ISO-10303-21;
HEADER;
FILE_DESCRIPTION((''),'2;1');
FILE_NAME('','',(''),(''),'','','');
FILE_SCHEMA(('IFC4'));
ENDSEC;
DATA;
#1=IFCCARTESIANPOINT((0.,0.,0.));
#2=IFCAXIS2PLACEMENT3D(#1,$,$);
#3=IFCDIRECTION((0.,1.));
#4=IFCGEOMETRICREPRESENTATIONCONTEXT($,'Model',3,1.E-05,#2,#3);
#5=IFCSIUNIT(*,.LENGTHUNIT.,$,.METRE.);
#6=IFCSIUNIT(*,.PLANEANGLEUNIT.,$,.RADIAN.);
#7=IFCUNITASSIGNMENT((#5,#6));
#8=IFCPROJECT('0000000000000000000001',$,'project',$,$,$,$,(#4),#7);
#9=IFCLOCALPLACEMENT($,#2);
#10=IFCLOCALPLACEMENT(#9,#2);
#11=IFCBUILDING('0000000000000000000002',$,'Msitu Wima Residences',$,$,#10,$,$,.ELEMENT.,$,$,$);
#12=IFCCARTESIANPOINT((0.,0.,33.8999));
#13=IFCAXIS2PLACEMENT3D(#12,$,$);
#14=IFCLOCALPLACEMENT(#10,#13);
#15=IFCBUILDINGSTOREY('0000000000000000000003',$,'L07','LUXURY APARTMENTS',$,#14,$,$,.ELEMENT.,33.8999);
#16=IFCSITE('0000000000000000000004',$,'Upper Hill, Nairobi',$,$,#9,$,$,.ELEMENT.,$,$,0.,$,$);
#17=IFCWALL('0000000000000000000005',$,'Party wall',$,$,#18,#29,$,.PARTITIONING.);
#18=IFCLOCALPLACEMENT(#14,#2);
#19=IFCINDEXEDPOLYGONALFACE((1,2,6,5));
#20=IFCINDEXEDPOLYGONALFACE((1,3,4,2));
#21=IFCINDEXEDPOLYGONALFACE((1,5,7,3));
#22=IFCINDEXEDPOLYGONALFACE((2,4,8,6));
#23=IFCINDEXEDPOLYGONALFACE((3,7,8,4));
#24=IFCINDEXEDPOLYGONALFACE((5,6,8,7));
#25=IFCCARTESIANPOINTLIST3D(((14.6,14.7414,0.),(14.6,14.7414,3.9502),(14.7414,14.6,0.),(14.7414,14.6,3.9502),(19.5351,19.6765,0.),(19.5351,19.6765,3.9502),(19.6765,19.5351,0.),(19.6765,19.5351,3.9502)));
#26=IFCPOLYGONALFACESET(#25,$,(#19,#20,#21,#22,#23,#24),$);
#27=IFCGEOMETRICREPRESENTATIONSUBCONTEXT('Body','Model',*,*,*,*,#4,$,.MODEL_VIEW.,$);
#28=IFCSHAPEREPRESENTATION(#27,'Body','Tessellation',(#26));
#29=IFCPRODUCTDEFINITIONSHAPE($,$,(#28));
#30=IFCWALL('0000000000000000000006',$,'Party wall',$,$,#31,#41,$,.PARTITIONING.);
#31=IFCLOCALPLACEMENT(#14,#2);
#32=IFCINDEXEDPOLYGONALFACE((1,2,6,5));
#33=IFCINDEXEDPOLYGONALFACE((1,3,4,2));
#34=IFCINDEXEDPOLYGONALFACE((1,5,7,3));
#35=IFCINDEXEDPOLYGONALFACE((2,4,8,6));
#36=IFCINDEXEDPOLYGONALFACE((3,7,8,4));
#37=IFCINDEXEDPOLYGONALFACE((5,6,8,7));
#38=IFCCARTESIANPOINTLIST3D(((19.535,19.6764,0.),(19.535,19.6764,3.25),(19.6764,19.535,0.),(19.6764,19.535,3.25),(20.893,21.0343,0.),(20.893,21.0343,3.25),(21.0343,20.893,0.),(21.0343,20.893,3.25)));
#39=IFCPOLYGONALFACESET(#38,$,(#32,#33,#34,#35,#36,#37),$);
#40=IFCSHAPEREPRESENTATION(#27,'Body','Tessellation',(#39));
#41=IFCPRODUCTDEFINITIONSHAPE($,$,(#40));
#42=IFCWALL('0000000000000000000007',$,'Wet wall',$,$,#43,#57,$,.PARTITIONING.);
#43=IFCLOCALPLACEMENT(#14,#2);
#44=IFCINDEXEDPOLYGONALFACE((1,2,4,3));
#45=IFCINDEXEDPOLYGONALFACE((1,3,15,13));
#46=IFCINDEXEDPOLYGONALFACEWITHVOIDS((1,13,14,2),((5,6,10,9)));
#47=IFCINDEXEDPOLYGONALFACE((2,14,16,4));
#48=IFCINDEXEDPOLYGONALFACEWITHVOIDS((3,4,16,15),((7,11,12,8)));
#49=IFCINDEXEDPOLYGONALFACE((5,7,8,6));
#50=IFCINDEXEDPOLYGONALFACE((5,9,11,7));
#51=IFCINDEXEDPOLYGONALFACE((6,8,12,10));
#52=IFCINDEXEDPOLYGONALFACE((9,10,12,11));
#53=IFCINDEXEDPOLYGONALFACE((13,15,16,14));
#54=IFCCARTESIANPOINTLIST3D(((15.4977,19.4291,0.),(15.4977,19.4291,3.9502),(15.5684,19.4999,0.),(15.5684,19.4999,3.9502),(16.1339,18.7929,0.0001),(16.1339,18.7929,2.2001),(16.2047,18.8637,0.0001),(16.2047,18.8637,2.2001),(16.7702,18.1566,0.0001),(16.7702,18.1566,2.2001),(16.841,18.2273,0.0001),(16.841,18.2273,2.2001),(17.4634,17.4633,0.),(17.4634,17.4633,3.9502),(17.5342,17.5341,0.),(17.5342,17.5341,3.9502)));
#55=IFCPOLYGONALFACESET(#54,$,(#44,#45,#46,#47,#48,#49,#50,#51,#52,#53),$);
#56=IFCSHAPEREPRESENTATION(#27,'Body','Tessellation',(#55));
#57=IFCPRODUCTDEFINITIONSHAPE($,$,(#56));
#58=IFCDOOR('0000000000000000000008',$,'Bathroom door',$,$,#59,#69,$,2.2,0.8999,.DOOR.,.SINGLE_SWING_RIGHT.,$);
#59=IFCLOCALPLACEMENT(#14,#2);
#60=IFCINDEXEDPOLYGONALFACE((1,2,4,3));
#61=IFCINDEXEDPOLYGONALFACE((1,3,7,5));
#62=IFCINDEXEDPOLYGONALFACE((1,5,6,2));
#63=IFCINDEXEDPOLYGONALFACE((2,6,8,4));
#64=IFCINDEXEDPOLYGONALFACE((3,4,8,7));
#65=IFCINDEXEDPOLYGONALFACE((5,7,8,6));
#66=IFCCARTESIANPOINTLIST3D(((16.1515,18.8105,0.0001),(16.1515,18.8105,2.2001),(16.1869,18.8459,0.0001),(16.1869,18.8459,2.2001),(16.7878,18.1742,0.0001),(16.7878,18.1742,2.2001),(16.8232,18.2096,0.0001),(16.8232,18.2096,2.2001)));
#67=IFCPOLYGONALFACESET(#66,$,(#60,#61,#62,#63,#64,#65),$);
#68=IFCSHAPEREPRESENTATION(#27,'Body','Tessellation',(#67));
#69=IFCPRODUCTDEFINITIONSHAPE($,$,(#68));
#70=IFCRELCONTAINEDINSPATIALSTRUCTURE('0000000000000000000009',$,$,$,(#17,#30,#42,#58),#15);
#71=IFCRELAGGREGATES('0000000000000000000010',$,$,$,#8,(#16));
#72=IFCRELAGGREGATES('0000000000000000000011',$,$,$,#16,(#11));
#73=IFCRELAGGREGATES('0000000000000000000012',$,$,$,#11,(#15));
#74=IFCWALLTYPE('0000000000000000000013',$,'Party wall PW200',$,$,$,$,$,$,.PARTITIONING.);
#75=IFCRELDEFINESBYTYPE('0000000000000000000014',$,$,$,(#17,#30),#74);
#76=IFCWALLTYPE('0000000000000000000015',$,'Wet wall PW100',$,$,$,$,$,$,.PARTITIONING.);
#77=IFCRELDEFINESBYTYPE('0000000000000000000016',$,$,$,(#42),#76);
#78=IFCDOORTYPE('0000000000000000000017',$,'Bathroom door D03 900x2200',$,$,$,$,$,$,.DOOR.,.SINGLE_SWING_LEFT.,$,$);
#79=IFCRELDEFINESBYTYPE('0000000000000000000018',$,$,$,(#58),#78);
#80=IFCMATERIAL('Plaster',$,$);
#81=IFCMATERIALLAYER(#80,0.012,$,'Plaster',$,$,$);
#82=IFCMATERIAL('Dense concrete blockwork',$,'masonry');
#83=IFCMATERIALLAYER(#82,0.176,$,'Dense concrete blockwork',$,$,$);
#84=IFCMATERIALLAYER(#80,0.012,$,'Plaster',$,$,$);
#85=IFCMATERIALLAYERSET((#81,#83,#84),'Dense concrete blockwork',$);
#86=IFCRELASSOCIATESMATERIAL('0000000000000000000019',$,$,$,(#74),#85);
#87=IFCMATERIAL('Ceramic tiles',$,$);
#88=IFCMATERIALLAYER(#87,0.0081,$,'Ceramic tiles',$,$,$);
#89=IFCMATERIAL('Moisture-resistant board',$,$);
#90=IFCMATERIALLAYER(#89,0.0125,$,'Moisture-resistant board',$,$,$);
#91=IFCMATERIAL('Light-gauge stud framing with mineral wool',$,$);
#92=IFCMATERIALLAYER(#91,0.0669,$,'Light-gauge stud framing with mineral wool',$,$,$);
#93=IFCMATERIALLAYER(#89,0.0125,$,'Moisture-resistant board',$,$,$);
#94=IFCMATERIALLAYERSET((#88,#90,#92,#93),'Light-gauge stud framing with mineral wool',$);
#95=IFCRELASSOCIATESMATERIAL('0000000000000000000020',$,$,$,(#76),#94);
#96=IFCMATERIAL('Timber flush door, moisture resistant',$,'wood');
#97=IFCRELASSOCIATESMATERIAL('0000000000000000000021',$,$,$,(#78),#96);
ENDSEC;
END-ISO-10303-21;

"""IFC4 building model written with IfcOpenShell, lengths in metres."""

from ifc_helpers import new_model, si_unit, direction, frame, frame_2d, origin, place, context, subcontext, project, spatial, rectangle, extrude, material, layer, layer_set, type_object, element, fill, save


model = new_model("IFC4")

# Units and contexts
model_context = context("Model", 3, precision=1e-05, world=origin(), true_north=direction((0.0, 1.0)))
body_context = subcontext(model_context, "Body", "Model", "MODEL_VIEW")
ifc_project = project(units=[si_unit("LENGTHUNIT", "METRE"), si_unit("PLANEANGLEUNIT", "RADIAN")], contexts=[model_context])

# Site, building, storey
site_placement = place(None, origin())
site = spatial("IfcSite", under=ifc_project, at=site_placement, Name="Upper Hill, Nairobi", CompositionType="ELEMENT", RefElevation=0.0)
building_placement = place(site_placement, origin())
building = spatial("IfcBuilding", under=site, at=building_placement, Name="Msitu Wima Residences", CompositionType="ELEMENT")
storey_placement = place(building_placement, frame((0.0, 0.0, 33.8999)))
storey = spatial("IfcBuildingStorey", under=building, at=storey_placement, Name="L07", Description="LUXURY APARTMENTS", CompositionType="ELEMENT", Elevation=33.8999)

# Shared definitions
ifc_material_1 = material(Name="Plaster")

# Walls
ifc_layer_1 = layer(ifc_material_1, 0.012, Name="Plaster")
ifc_material_2 = material(Name="Dense concrete blockwork", Category="masonry")
ifc_layer_2 = layer(ifc_material_2, 0.176, Name="Dense concrete blockwork")
ifc_layer_3 = layer(ifc_material_1, 0.012, Name="Plaster")
ifc_layer_set_1 = layer_set([ifc_layer_1, ifc_layer_2, ifc_layer_3], Name="Dense concrete blockwork")
wall_type_1 = type_object("IfcWallType", Name="Party wall PW200", PredefinedType="PARTITIONING", material=ifc_layer_set_1)
wall_1_placement = place(storey_placement, frame((14.6707, 14.6707, 0.0), z_axis=(0.0, 0.0, 1.0), x_axis=(0.707107, 0.707107, 0.0)))
element("IfcWall", 1, at=wall_1_placement, inside=storey, type_object=wall_type_1, Name="Party wall", PredefinedType="PARTITIONING", context=body_context, shape_type="SweptSolid", body=[
    extrude(rectangle(XDim=6.9792, YDim=0.2, at=frame_2d((3.4897, 0.0))), origin(), (0.0, 0.0, 1.0), 3.9502),
])
wall_2_placement = place(storey_placement, frame((19.6057, 19.6057, 0.0), z_axis=(0.0, 0.0, 1.0), x_axis=(0.707107, 0.707107, 0.0)))
element("IfcWall", 2, at=wall_2_placement, inside=storey, type_object=wall_type_1, Name="Party wall", PredefinedType="PARTITIONING", context=body_context, shape_type="SweptSolid", body=[
    extrude(rectangle(XDim=1.9204, YDim=0.2, at=frame_2d((0.9602, 0.0))), origin(), (0.0, 0.0, 1.0), 3.25),
])

# Wall, opening, door
ifc_material_3 = material(Name="Ceramic tiles")
ifc_layer_4 = layer(ifc_material_3, 0.0081, Name="Ceramic tiles")
ifc_material_4 = material(Name="Moisture-resistant board")
ifc_layer_5 = layer(ifc_material_4, 0.0125, Name="Moisture-resistant board")
ifc_material_5 = material(Name="Light-gauge stud framing with mineral wool")
ifc_layer_6 = layer(ifc_material_5, 0.0669, Name="Light-gauge stud framing with mineral wool")
ifc_layer_7 = layer(ifc_material_4, 0.0125, Name="Moisture-resistant board")
ifc_layer_set_2 = layer_set([ifc_layer_4, ifc_layer_5, ifc_layer_6, ifc_layer_7], Name="Light-gauge stud framing with mineral wool")
wall_type_2 = type_object("IfcWallType", Name="Wet wall PW100", PredefinedType="PARTITIONING", material=ifc_layer_set_2)
wall_3_placement = place(storey_placement, frame((15.533, 19.4646, 0.0), z_axis=(0.0, 0.0, 1.0), x_axis=(0.707107, -0.707107, 0.0)))
wall_3 = element("IfcWall", 3, at=wall_3_placement, inside=storey, type_object=wall_type_2, Name="Wet wall", PredefinedType="PARTITIONING", context=body_context, shape_type="SweptSolid", body=[
    extrude(rectangle(XDim=2.78, YDim=0.1001, at=frame_2d((1.3901, 0.0))), origin(), (0.0, 0.0, 1.0), 3.9502),
])
opening_1_placement = place(wall_3_placement, frame((0.8999, 0.0, 0.0)))
opening_1 = element("IfcOpeningElement", 4, at=opening_1_placement, cuts=wall_3, PredefinedType="OPENING", context=body_context, shape_type="SweptSolid", body=[
    extrude(rectangle(XDim=0.8999, YDim=2.2, at=frame_2d((0.45, 1.1001))), frame((0.0, 0.0601, 0.0), z_axis=(0.0, -1.0, 0.0), x_axis=(1.0, 0.0, 0.0)), (0.0, 0.0, 1.0), 0.1201),
])
ifc_material_6 = material(Name="Timber flush door, moisture resistant", Category="wood")
door_type_1 = type_object("IfcDoorType", Name="Bathroom door D03 900x2200", OperationType="SINGLE_SWING_LEFT", PredefinedType="DOOR", material=ifc_material_6)
door_1_placement = place(opening_1_placement, origin())
door_1 = element("IfcDoor", 5, at=door_1_placement, inside=storey, type_object=door_type_1, Name="Bathroom door", OperationType="SINGLE_SWING_RIGHT", OverallHeight=2.2, OverallWidth=0.8999, PredefinedType="DOOR", context=body_context, shape_type="SweptSolid", body=[
    extrude(rectangle(XDim=0.8999, YDim=2.2, at=frame_2d((0.45, 1.1001))), frame((0.0, 0.0249, 0.0), z_axis=(0.0, -1.0, 0.0), x_axis=(1.0, 0.0, 0.0)), (0.0, 0.0, 1.0), 0.05),
])
fill(opening_1, door_1)

save(model, "model.ifc")
